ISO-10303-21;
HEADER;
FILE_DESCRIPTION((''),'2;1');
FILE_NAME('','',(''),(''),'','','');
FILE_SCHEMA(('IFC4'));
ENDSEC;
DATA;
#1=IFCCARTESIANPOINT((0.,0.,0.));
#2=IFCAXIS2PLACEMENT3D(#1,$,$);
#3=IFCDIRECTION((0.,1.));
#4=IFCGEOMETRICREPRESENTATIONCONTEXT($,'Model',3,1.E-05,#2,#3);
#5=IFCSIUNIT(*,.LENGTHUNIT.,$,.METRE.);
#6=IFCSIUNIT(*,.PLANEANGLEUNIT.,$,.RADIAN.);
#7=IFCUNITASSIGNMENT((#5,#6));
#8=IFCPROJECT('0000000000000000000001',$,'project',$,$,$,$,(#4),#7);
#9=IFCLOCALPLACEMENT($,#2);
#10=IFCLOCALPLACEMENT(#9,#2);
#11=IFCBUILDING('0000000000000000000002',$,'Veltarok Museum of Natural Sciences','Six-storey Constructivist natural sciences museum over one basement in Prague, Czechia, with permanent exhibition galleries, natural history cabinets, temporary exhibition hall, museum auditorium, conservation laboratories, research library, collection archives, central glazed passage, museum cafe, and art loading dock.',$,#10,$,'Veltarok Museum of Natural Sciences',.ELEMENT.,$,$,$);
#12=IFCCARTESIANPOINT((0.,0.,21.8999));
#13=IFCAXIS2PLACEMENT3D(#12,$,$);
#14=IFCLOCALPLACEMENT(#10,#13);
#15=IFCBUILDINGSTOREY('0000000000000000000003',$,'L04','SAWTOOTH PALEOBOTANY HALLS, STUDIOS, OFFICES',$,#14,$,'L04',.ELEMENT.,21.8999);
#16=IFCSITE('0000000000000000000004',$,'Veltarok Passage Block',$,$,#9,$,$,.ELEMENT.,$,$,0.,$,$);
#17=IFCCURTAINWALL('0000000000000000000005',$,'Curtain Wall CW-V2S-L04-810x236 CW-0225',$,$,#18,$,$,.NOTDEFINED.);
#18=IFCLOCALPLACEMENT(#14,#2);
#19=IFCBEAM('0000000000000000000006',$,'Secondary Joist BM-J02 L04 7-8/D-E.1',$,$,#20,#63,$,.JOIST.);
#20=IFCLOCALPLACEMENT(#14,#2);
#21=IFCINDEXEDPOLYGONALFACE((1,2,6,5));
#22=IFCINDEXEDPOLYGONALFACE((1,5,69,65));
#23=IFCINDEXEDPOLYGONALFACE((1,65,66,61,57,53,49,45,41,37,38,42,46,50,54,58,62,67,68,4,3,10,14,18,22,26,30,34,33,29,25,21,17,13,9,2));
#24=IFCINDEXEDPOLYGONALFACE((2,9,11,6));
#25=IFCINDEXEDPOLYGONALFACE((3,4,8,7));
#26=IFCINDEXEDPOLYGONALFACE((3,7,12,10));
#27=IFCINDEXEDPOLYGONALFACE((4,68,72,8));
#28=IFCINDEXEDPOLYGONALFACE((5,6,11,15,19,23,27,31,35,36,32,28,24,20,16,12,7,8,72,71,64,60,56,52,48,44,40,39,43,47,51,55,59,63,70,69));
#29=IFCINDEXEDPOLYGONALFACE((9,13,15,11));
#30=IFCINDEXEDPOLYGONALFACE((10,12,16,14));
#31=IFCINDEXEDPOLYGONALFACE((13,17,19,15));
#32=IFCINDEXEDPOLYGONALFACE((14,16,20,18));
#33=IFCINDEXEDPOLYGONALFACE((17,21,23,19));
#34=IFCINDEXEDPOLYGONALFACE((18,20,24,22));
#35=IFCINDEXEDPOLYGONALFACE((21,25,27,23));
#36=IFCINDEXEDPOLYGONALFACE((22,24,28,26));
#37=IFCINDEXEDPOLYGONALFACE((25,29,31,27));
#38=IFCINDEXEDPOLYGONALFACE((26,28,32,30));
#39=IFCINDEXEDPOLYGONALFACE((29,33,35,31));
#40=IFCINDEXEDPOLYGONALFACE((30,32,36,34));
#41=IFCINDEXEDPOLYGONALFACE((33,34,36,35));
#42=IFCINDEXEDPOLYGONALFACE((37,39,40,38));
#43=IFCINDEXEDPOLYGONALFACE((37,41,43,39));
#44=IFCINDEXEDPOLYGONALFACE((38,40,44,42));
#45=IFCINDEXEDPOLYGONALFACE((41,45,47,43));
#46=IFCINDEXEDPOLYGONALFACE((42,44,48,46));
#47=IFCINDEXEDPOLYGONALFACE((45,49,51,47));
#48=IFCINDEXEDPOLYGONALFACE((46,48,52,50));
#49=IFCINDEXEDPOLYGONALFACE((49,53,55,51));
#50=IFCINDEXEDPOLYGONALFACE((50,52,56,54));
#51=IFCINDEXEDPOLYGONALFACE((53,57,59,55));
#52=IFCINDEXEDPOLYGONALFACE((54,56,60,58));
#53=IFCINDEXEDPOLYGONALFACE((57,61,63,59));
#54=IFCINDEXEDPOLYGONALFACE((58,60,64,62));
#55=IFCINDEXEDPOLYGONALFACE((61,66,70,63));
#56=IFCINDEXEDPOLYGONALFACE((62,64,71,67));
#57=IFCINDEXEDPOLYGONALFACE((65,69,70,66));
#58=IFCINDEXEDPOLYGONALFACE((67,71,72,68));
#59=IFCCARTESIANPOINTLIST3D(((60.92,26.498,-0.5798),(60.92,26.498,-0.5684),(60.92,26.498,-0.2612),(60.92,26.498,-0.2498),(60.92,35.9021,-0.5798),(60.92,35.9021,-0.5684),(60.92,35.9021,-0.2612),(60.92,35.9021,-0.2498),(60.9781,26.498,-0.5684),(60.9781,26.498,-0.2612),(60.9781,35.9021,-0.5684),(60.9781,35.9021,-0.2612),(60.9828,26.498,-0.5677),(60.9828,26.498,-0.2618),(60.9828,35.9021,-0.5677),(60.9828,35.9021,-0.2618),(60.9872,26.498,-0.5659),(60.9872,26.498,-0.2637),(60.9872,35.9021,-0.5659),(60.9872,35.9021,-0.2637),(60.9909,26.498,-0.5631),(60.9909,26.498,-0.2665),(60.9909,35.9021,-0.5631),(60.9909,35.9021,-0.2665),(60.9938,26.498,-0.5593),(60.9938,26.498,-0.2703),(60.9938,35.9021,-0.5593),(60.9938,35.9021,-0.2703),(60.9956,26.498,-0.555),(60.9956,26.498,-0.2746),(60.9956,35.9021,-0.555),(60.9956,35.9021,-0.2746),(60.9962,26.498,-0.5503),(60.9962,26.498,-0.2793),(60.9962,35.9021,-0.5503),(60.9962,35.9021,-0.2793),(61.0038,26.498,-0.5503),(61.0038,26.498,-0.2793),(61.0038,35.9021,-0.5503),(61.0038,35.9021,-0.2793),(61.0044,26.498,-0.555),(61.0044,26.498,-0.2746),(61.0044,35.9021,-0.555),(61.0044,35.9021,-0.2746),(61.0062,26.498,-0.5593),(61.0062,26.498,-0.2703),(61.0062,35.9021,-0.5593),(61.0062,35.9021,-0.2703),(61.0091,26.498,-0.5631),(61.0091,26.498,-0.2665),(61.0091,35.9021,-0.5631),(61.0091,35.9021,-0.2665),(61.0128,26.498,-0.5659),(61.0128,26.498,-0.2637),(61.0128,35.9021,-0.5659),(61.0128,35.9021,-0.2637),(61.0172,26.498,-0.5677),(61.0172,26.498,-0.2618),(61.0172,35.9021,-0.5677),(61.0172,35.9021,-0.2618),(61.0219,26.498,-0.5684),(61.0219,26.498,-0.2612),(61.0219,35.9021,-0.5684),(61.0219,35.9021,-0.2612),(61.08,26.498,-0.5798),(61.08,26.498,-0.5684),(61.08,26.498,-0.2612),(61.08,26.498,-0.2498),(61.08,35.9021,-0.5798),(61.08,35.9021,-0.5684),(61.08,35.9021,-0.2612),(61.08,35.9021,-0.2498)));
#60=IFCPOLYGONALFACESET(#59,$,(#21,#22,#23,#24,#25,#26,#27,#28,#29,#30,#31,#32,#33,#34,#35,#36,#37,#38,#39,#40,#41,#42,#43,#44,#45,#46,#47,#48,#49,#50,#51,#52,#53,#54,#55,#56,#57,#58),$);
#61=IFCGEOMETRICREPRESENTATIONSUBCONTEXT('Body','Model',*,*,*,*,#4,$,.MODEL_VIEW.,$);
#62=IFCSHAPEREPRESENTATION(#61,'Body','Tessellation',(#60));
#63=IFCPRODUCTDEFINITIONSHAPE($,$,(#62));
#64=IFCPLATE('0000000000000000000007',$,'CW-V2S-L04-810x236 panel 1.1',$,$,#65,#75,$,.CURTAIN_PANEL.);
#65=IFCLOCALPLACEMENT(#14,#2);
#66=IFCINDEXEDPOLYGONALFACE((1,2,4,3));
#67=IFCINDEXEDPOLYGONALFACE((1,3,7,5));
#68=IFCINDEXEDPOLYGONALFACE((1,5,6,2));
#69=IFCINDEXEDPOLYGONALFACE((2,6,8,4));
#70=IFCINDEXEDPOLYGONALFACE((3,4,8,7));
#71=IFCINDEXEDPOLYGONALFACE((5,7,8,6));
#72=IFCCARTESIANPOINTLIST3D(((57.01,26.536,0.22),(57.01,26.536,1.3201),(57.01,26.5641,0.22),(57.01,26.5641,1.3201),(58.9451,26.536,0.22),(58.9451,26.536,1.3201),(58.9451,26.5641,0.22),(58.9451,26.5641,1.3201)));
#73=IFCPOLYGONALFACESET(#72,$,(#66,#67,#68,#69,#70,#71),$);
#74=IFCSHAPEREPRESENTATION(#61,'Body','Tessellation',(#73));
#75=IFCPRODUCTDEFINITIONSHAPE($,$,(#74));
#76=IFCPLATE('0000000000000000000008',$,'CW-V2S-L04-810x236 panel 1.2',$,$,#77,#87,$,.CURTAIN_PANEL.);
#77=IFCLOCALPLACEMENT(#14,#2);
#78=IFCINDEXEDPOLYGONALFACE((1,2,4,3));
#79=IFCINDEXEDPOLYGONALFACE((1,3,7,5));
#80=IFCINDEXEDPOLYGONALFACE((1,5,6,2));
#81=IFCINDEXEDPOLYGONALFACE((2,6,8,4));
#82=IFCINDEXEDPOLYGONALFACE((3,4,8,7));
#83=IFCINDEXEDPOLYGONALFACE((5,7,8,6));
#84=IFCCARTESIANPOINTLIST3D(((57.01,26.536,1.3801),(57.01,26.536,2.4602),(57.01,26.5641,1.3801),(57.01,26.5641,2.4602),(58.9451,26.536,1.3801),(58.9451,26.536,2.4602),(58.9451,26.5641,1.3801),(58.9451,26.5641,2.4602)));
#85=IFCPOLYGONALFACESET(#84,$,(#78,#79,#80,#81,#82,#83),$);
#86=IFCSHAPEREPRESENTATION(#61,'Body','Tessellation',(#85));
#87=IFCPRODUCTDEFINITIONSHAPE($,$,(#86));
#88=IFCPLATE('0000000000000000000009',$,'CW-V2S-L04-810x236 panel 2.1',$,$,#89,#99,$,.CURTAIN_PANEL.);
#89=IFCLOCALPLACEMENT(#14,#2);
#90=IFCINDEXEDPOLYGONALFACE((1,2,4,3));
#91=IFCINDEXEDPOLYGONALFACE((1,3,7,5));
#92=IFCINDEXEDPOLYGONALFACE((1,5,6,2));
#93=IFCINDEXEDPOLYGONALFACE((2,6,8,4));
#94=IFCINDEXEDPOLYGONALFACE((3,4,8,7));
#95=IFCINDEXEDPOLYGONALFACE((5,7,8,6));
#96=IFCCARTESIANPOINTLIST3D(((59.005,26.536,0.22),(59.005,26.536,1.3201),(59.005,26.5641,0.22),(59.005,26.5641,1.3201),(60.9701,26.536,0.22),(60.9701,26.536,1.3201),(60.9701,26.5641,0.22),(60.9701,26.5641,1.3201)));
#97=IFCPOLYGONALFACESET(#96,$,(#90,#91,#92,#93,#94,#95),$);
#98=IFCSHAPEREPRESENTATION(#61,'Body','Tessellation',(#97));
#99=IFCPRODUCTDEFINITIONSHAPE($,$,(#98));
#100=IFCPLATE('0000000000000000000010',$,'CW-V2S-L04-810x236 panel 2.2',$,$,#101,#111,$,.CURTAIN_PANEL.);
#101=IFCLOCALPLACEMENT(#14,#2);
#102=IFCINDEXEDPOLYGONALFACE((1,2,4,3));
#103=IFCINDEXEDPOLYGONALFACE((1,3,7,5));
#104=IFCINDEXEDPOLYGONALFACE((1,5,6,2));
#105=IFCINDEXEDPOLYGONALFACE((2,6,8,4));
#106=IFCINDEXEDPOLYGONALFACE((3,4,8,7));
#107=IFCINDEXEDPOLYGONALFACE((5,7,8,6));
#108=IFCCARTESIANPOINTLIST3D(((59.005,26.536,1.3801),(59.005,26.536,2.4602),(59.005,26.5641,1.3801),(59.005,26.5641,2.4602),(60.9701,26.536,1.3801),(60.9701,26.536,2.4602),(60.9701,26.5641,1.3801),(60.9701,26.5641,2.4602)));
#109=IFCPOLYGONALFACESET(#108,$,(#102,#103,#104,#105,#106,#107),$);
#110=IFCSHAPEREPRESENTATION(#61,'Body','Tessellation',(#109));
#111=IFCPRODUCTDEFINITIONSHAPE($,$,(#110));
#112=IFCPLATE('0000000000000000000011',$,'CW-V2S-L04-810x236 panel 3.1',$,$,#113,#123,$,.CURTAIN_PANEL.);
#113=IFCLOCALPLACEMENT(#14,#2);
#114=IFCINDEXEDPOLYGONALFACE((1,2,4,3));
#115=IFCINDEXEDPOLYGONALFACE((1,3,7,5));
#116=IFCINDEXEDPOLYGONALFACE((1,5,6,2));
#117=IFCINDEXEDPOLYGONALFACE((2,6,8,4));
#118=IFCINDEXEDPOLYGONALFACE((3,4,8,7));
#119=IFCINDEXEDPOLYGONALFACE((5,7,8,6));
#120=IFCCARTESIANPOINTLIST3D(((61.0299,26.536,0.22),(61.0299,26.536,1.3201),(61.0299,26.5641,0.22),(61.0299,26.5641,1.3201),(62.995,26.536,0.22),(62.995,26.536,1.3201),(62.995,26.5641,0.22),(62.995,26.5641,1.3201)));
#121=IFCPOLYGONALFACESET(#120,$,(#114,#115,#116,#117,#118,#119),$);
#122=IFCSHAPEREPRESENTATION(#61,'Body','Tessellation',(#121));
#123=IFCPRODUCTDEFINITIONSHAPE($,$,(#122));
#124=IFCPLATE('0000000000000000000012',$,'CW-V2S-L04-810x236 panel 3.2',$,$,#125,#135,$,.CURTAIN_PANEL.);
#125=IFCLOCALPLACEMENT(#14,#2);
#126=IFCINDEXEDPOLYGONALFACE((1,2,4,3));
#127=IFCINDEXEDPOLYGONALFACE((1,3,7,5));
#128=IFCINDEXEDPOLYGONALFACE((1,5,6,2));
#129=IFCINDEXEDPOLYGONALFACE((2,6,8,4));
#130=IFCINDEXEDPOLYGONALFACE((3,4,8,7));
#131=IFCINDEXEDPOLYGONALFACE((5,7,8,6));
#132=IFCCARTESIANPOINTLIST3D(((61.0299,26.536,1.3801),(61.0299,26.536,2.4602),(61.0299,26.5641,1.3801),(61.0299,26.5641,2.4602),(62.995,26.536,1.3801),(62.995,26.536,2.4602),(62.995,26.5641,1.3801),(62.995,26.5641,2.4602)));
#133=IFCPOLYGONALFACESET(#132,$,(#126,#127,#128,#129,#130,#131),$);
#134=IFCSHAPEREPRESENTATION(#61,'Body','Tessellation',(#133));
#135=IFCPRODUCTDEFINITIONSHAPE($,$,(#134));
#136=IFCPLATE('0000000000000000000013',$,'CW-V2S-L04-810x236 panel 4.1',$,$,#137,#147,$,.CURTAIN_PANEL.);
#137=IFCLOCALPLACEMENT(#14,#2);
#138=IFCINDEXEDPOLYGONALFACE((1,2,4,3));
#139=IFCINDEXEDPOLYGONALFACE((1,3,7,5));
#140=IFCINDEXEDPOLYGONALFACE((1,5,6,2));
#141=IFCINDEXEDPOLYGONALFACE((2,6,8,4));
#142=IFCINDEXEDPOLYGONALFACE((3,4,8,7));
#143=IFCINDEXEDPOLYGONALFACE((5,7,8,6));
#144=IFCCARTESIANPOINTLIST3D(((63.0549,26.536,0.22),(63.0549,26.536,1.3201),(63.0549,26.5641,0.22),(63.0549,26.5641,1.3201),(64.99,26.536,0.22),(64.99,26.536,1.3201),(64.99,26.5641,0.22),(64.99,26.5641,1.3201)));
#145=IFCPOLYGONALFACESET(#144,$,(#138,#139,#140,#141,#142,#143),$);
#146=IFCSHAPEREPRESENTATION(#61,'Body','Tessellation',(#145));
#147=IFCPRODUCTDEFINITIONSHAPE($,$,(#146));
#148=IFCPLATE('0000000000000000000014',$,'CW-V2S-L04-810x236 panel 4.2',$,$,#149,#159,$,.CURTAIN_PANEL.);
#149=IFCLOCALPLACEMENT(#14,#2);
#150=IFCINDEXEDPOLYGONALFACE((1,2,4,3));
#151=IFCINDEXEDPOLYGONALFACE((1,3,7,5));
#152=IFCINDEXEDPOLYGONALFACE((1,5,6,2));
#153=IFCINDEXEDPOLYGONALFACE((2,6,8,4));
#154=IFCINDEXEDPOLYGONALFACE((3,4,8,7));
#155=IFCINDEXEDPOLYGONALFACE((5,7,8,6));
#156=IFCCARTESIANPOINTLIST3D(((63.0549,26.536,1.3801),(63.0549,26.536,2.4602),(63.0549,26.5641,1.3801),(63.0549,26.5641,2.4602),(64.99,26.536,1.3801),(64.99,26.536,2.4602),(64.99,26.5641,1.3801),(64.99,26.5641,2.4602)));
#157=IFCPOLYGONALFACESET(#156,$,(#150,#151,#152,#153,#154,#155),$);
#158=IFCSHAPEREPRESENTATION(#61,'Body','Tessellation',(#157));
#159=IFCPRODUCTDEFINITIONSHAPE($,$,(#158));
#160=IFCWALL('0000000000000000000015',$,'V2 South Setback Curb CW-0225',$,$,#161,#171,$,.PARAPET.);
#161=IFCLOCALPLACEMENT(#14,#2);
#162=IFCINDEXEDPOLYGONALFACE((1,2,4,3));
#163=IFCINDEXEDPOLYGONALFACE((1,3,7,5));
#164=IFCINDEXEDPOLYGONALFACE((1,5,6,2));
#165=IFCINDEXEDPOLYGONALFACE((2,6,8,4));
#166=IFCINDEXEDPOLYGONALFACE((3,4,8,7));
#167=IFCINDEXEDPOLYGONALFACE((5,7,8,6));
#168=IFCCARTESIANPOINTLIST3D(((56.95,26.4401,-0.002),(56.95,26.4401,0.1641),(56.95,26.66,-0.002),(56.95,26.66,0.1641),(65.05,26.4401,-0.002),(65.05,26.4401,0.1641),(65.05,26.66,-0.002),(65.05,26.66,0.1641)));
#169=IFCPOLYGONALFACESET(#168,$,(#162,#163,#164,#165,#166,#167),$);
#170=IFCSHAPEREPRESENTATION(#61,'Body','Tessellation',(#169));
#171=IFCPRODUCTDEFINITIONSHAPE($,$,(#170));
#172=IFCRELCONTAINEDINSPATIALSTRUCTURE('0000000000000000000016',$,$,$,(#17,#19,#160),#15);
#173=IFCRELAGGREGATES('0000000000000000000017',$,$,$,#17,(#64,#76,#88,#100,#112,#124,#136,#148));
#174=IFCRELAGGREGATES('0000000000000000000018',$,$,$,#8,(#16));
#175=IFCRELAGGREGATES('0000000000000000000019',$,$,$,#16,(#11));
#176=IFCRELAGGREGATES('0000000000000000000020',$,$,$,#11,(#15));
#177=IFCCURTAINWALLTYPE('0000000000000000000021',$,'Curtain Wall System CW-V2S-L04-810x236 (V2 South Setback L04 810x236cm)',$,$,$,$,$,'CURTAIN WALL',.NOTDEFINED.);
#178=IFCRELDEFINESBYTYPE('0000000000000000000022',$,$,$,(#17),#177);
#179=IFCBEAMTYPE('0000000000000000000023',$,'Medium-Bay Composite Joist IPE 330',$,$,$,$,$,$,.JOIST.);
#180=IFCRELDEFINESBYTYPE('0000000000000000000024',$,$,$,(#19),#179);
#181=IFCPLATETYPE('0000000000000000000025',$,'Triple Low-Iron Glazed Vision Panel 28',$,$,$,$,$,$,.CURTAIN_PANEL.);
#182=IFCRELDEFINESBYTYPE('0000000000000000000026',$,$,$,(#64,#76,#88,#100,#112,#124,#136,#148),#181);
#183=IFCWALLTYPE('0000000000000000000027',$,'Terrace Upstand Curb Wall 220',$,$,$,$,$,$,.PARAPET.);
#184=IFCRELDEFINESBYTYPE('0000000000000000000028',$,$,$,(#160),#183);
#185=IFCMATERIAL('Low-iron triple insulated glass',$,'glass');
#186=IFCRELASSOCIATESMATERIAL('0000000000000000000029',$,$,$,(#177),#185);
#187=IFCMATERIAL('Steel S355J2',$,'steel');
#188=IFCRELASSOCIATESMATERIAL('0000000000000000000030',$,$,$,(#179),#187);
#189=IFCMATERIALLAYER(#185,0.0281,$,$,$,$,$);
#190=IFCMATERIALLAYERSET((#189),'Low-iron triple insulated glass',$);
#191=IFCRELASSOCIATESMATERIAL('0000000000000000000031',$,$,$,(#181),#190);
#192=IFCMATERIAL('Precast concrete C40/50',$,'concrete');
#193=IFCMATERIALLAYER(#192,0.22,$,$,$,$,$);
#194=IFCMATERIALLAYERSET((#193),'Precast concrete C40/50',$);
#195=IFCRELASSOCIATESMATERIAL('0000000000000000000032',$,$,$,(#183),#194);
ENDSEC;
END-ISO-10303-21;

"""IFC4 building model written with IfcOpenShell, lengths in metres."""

from ifc_helpers import new_model, si_unit, direction, frame, frame_2d, origin, origin_2d, place, context, subcontext, project, spatial, rectangle, i_section, extrude, material, layer, layer_set, material_profile, profile_set, type_object, element, aggregate, save


model = new_model("IFC4")

# Units and contexts
model_context = context("Model", 3, precision=1e-05, world=origin(), true_north=direction((0.0, 1.0)))
body_context = subcontext(model_context, "Body", "Model", "MODEL_VIEW")
ifc_project = project(units=[si_unit("LENGTHUNIT", "METRE"), si_unit("PLANEANGLEUNIT", "RADIAN")], contexts=[model_context])

# Site, building, storey
site_placement = place(None, origin())
site = spatial("IfcSite", under=ifc_project, at=site_placement, Name="Veltarok Passage Block", CompositionType="ELEMENT", RefElevation=0.0)
building_placement = place(site_placement, origin())
building = spatial("IfcBuilding", under=site, at=building_placement, Name="Veltarok Museum of Natural Sciences", Description="Six-storey Constructivist natural sciences museum over one basement in Prague, Czechia, with permanent exhibition galleries, natural history cabinets, temporary exhibition hall, museum auditorium, conservation laboratories, research library, collection archives, central glazed passage, museum cafe, and art loading dock.", LongName="Veltarok Museum of Natural Sciences", CompositionType="ELEMENT")
storey_placement = place(building_placement, frame((0.0, 0.0, 21.8999)))
storey = spatial("IfcBuildingStorey", under=building, at=storey_placement, Name="L04", Description="SAWTOOTH PALEOBOTANY HALLS, STUDIOS, OFFICES", LongName="L04", CompositionType="ELEMENT", Elevation=21.8999)

# Curtain wall
ifc_material_1 = material(Name="Low-iron triple insulated glass", Category="glass")
curtain_wall_type = type_object("IfcCurtainWallType", Name="Curtain Wall System CW-V2S-L04-810x236 (V2 South Setback L04 810x236cm)", ElementType="CURTAIN WALL", PredefinedType="NOTDEFINED", material=ifc_material_1)
curtain_wall_placement = place(storey_placement, origin())
curtain_wall = element("IfcCurtainWall", 1, at=curtain_wall_placement, inside=storey, type_object=curtain_wall_type, Name="Curtain Wall CW-V2S-L04-810x236 CW-0225", PredefinedType="NOTDEFINED")

# Beam
ifc_material_2 = material(Name="Steel S355J2", Category="steel")
ifc_material_profile_1 = material_profile(ifc_material_2, i_section(OverallWidth=0.1599, OverallDepth=0.3301, WebThickness=0.0076, FlangeThickness=0.0115, FilletRadius=0.0181, at=origin_2d()), Name="IPE 330")
ifc_profile_set_1 = profile_set([ifc_material_profile_1], Name="Steel S355J2")
beam_type_1 = type_object("IfcBeamType", Name="Medium-Bay Composite Joist IPE 330", PredefinedType="JOIST", material=ifc_profile_set_1)
beam_1_placement = place(storey_placement, frame((61.0, 26.498, -0.4148), z_axis=(0.0, 1.0, 0.0), x_axis=(-1.0, 0.0, 0.0)))
element("IfcBeam", 2, at=beam_1_placement, inside=storey, type_object=beam_type_1, Name="Secondary Joist BM-J02 L04 7-8/D-E.1", PredefinedType="JOIST", context=body_context, shape_type="SweptSolid", body=[
    extrude(i_section(OverallWidth=0.1599, OverallDepth=0.3301, WebThickness=0.0076, FlangeThickness=0.0115, FilletRadius=0.0181, at=origin_2d()), origin(), (0.0, 0.0, 1.0), 9.4041),
])

# Plates
ifc_layer_1 = layer(ifc_material_1, 0.0281)
ifc_layer_set_1 = layer_set([ifc_layer_1], Name="Low-iron triple insulated glass")
plate_type = type_object("IfcPlateType", Name="Triple Low-Iron Glazed Vision Panel 28", PredefinedType="CURTAIN_PANEL", material=ifc_layer_set_1)
plate_1_placement = place(storey_placement, frame((57.9775, 26.55, 0.22), z_axis=(0.0, 0.0, 1.0), x_axis=(1.0, 0.0, 0.0)))
plate_1 = element("IfcPlate", 3, at=plate_1_placement, type_object=plate_type, Name="CW-V2S-L04-810x236 panel 1.1", PredefinedType="CURTAIN_PANEL", context=body_context, shape_type="SweptSolid", body=[
    extrude(rectangle(XDim=1.9351, YDim=0.0281, at=origin_2d()), origin(), (0.0, 0.0, 1.0), 1.1001),
])
plate_2_placement = place(storey_placement, frame((57.9775, 26.55, 1.3801), z_axis=(0.0, 0.0, 1.0), x_axis=(1.0, 0.0, 0.0)))
plate_2 = element("IfcPlate", 4, at=plate_2_placement, type_object=plate_type, Name="CW-V2S-L04-810x236 panel 1.2", PredefinedType="CURTAIN_PANEL", context=body_context, shape_type="SweptSolid", body=[
    extrude(rectangle(XDim=1.9351, YDim=0.0281, at=origin_2d()), origin(), (0.0, 0.0, 1.0), 1.0801),
])
plate_3_placement = place(storey_placement, frame((59.9875, 26.55, 0.22), z_axis=(0.0, 0.0, 1.0), x_axis=(1.0, 0.0, 0.0)))
plate_3 = element("IfcPlate", 5, at=plate_3_placement, type_object=plate_type, Name="CW-V2S-L04-810x236 panel 2.1", PredefinedType="CURTAIN_PANEL", context=body_context, shape_type="SweptSolid", body=[
    extrude(rectangle(XDim=1.9651, YDim=0.0281, at=origin_2d()), origin(), (0.0, 0.0, 1.0), 1.1001),
])
plate_4_placement = place(storey_placement, frame((59.9875, 26.55, 1.3801), z_axis=(0.0, 0.0, 1.0), x_axis=(1.0, 0.0, 0.0)))
plate_4 = element("IfcPlate", 6, at=plate_4_placement, type_object=plate_type, Name="CW-V2S-L04-810x236 panel 2.2", PredefinedType="CURTAIN_PANEL", context=body_context, shape_type="SweptSolid", body=[
    extrude(rectangle(XDim=1.9651, YDim=0.0281, at=origin_2d()), origin(), (0.0, 0.0, 1.0), 1.0801),
])
plate_5_placement = place(storey_placement, frame((62.0125, 26.55, 0.22), z_axis=(0.0, 0.0, 1.0), x_axis=(1.0, 0.0, 0.0)))
plate_5 = element("IfcPlate", 7, at=plate_5_placement, type_object=plate_type, Name="CW-V2S-L04-810x236 panel 3.1", PredefinedType="CURTAIN_PANEL", context=body_context, shape_type="SweptSolid", body=[
    extrude(rectangle(XDim=1.9651, YDim=0.0281, at=origin_2d()), origin(), (0.0, 0.0, 1.0), 1.1001),
])
plate_6_placement = place(storey_placement, frame((62.0125, 26.55, 1.3801), z_axis=(0.0, 0.0, 1.0), x_axis=(1.0, 0.0, 0.0)))
plate_6 = element("IfcPlate", 8, at=plate_6_placement, type_object=plate_type, Name="CW-V2S-L04-810x236 panel 3.2", PredefinedType="CURTAIN_PANEL", context=body_context, shape_type="SweptSolid", body=[
    extrude(rectangle(XDim=1.9651, YDim=0.0281, at=origin_2d()), origin(), (0.0, 0.0, 1.0), 1.0801),
])
plate_7_placement = place(storey_placement, frame((64.0225, 26.55, 0.22), z_axis=(0.0, 0.0, 1.0), x_axis=(1.0, 0.0, 0.0)))
plate_7 = element("IfcPlate", 9, at=plate_7_placement, type_object=plate_type, Name="CW-V2S-L04-810x236 panel 4.1", PredefinedType="CURTAIN_PANEL", context=body_context, shape_type="SweptSolid", body=[
    extrude(rectangle(XDim=1.9351, YDim=0.0281, at=origin_2d()), origin(), (0.0, 0.0, 1.0), 1.1001),
])
plate_8_placement = place(storey_placement, frame((64.0225, 26.55, 1.3801), z_axis=(0.0, 0.0, 1.0), x_axis=(1.0, 0.0, 0.0)))
plate_8 = element("IfcPlate", 10, at=plate_8_placement, type_object=plate_type, Name="CW-V2S-L04-810x236 panel 4.2", PredefinedType="CURTAIN_PANEL", context=body_context, shape_type="SweptSolid", body=[
    extrude(rectangle(XDim=1.9351, YDim=0.0281, at=origin_2d()), origin(), (0.0, 0.0, 1.0), 1.0801),
])
aggregate(curtain_wall, [plate_1, plate_2, plate_3, plate_4, plate_5, plate_6, plate_7, plate_8])

# Wall
ifc_material_3 = material(Name="Precast concrete C40/50", Category="concrete")
ifc_layer_2 = layer(ifc_material_3, 0.22)
ifc_layer_set_2 = layer_set([ifc_layer_2], Name="Precast concrete C40/50")
wall_type = type_object("IfcWallType", Name="Terrace Upstand Curb Wall 220", PredefinedType="PARAPET", material=ifc_layer_set_2)
wall_placement = place(storey_placement, frame((56.95, 26.55, -0.002), z_axis=(0.0, 0.0, 1.0), x_axis=(1.0, 0.0, 0.0)))
element("IfcWall", 11, at=wall_placement, inside=storey, type_object=wall_type, Name="V2 South Setback Curb CW-0225", PredefinedType="PARAPET", context=body_context, shape_type="SweptSolid", body=[
    extrude(rectangle(XDim=8.1001, YDim=0.22, at=frame_2d((4.05, 0.0))), origin(), (0.0, 0.0, 1.0), 0.166),
])

save(model, "model.ifc")
